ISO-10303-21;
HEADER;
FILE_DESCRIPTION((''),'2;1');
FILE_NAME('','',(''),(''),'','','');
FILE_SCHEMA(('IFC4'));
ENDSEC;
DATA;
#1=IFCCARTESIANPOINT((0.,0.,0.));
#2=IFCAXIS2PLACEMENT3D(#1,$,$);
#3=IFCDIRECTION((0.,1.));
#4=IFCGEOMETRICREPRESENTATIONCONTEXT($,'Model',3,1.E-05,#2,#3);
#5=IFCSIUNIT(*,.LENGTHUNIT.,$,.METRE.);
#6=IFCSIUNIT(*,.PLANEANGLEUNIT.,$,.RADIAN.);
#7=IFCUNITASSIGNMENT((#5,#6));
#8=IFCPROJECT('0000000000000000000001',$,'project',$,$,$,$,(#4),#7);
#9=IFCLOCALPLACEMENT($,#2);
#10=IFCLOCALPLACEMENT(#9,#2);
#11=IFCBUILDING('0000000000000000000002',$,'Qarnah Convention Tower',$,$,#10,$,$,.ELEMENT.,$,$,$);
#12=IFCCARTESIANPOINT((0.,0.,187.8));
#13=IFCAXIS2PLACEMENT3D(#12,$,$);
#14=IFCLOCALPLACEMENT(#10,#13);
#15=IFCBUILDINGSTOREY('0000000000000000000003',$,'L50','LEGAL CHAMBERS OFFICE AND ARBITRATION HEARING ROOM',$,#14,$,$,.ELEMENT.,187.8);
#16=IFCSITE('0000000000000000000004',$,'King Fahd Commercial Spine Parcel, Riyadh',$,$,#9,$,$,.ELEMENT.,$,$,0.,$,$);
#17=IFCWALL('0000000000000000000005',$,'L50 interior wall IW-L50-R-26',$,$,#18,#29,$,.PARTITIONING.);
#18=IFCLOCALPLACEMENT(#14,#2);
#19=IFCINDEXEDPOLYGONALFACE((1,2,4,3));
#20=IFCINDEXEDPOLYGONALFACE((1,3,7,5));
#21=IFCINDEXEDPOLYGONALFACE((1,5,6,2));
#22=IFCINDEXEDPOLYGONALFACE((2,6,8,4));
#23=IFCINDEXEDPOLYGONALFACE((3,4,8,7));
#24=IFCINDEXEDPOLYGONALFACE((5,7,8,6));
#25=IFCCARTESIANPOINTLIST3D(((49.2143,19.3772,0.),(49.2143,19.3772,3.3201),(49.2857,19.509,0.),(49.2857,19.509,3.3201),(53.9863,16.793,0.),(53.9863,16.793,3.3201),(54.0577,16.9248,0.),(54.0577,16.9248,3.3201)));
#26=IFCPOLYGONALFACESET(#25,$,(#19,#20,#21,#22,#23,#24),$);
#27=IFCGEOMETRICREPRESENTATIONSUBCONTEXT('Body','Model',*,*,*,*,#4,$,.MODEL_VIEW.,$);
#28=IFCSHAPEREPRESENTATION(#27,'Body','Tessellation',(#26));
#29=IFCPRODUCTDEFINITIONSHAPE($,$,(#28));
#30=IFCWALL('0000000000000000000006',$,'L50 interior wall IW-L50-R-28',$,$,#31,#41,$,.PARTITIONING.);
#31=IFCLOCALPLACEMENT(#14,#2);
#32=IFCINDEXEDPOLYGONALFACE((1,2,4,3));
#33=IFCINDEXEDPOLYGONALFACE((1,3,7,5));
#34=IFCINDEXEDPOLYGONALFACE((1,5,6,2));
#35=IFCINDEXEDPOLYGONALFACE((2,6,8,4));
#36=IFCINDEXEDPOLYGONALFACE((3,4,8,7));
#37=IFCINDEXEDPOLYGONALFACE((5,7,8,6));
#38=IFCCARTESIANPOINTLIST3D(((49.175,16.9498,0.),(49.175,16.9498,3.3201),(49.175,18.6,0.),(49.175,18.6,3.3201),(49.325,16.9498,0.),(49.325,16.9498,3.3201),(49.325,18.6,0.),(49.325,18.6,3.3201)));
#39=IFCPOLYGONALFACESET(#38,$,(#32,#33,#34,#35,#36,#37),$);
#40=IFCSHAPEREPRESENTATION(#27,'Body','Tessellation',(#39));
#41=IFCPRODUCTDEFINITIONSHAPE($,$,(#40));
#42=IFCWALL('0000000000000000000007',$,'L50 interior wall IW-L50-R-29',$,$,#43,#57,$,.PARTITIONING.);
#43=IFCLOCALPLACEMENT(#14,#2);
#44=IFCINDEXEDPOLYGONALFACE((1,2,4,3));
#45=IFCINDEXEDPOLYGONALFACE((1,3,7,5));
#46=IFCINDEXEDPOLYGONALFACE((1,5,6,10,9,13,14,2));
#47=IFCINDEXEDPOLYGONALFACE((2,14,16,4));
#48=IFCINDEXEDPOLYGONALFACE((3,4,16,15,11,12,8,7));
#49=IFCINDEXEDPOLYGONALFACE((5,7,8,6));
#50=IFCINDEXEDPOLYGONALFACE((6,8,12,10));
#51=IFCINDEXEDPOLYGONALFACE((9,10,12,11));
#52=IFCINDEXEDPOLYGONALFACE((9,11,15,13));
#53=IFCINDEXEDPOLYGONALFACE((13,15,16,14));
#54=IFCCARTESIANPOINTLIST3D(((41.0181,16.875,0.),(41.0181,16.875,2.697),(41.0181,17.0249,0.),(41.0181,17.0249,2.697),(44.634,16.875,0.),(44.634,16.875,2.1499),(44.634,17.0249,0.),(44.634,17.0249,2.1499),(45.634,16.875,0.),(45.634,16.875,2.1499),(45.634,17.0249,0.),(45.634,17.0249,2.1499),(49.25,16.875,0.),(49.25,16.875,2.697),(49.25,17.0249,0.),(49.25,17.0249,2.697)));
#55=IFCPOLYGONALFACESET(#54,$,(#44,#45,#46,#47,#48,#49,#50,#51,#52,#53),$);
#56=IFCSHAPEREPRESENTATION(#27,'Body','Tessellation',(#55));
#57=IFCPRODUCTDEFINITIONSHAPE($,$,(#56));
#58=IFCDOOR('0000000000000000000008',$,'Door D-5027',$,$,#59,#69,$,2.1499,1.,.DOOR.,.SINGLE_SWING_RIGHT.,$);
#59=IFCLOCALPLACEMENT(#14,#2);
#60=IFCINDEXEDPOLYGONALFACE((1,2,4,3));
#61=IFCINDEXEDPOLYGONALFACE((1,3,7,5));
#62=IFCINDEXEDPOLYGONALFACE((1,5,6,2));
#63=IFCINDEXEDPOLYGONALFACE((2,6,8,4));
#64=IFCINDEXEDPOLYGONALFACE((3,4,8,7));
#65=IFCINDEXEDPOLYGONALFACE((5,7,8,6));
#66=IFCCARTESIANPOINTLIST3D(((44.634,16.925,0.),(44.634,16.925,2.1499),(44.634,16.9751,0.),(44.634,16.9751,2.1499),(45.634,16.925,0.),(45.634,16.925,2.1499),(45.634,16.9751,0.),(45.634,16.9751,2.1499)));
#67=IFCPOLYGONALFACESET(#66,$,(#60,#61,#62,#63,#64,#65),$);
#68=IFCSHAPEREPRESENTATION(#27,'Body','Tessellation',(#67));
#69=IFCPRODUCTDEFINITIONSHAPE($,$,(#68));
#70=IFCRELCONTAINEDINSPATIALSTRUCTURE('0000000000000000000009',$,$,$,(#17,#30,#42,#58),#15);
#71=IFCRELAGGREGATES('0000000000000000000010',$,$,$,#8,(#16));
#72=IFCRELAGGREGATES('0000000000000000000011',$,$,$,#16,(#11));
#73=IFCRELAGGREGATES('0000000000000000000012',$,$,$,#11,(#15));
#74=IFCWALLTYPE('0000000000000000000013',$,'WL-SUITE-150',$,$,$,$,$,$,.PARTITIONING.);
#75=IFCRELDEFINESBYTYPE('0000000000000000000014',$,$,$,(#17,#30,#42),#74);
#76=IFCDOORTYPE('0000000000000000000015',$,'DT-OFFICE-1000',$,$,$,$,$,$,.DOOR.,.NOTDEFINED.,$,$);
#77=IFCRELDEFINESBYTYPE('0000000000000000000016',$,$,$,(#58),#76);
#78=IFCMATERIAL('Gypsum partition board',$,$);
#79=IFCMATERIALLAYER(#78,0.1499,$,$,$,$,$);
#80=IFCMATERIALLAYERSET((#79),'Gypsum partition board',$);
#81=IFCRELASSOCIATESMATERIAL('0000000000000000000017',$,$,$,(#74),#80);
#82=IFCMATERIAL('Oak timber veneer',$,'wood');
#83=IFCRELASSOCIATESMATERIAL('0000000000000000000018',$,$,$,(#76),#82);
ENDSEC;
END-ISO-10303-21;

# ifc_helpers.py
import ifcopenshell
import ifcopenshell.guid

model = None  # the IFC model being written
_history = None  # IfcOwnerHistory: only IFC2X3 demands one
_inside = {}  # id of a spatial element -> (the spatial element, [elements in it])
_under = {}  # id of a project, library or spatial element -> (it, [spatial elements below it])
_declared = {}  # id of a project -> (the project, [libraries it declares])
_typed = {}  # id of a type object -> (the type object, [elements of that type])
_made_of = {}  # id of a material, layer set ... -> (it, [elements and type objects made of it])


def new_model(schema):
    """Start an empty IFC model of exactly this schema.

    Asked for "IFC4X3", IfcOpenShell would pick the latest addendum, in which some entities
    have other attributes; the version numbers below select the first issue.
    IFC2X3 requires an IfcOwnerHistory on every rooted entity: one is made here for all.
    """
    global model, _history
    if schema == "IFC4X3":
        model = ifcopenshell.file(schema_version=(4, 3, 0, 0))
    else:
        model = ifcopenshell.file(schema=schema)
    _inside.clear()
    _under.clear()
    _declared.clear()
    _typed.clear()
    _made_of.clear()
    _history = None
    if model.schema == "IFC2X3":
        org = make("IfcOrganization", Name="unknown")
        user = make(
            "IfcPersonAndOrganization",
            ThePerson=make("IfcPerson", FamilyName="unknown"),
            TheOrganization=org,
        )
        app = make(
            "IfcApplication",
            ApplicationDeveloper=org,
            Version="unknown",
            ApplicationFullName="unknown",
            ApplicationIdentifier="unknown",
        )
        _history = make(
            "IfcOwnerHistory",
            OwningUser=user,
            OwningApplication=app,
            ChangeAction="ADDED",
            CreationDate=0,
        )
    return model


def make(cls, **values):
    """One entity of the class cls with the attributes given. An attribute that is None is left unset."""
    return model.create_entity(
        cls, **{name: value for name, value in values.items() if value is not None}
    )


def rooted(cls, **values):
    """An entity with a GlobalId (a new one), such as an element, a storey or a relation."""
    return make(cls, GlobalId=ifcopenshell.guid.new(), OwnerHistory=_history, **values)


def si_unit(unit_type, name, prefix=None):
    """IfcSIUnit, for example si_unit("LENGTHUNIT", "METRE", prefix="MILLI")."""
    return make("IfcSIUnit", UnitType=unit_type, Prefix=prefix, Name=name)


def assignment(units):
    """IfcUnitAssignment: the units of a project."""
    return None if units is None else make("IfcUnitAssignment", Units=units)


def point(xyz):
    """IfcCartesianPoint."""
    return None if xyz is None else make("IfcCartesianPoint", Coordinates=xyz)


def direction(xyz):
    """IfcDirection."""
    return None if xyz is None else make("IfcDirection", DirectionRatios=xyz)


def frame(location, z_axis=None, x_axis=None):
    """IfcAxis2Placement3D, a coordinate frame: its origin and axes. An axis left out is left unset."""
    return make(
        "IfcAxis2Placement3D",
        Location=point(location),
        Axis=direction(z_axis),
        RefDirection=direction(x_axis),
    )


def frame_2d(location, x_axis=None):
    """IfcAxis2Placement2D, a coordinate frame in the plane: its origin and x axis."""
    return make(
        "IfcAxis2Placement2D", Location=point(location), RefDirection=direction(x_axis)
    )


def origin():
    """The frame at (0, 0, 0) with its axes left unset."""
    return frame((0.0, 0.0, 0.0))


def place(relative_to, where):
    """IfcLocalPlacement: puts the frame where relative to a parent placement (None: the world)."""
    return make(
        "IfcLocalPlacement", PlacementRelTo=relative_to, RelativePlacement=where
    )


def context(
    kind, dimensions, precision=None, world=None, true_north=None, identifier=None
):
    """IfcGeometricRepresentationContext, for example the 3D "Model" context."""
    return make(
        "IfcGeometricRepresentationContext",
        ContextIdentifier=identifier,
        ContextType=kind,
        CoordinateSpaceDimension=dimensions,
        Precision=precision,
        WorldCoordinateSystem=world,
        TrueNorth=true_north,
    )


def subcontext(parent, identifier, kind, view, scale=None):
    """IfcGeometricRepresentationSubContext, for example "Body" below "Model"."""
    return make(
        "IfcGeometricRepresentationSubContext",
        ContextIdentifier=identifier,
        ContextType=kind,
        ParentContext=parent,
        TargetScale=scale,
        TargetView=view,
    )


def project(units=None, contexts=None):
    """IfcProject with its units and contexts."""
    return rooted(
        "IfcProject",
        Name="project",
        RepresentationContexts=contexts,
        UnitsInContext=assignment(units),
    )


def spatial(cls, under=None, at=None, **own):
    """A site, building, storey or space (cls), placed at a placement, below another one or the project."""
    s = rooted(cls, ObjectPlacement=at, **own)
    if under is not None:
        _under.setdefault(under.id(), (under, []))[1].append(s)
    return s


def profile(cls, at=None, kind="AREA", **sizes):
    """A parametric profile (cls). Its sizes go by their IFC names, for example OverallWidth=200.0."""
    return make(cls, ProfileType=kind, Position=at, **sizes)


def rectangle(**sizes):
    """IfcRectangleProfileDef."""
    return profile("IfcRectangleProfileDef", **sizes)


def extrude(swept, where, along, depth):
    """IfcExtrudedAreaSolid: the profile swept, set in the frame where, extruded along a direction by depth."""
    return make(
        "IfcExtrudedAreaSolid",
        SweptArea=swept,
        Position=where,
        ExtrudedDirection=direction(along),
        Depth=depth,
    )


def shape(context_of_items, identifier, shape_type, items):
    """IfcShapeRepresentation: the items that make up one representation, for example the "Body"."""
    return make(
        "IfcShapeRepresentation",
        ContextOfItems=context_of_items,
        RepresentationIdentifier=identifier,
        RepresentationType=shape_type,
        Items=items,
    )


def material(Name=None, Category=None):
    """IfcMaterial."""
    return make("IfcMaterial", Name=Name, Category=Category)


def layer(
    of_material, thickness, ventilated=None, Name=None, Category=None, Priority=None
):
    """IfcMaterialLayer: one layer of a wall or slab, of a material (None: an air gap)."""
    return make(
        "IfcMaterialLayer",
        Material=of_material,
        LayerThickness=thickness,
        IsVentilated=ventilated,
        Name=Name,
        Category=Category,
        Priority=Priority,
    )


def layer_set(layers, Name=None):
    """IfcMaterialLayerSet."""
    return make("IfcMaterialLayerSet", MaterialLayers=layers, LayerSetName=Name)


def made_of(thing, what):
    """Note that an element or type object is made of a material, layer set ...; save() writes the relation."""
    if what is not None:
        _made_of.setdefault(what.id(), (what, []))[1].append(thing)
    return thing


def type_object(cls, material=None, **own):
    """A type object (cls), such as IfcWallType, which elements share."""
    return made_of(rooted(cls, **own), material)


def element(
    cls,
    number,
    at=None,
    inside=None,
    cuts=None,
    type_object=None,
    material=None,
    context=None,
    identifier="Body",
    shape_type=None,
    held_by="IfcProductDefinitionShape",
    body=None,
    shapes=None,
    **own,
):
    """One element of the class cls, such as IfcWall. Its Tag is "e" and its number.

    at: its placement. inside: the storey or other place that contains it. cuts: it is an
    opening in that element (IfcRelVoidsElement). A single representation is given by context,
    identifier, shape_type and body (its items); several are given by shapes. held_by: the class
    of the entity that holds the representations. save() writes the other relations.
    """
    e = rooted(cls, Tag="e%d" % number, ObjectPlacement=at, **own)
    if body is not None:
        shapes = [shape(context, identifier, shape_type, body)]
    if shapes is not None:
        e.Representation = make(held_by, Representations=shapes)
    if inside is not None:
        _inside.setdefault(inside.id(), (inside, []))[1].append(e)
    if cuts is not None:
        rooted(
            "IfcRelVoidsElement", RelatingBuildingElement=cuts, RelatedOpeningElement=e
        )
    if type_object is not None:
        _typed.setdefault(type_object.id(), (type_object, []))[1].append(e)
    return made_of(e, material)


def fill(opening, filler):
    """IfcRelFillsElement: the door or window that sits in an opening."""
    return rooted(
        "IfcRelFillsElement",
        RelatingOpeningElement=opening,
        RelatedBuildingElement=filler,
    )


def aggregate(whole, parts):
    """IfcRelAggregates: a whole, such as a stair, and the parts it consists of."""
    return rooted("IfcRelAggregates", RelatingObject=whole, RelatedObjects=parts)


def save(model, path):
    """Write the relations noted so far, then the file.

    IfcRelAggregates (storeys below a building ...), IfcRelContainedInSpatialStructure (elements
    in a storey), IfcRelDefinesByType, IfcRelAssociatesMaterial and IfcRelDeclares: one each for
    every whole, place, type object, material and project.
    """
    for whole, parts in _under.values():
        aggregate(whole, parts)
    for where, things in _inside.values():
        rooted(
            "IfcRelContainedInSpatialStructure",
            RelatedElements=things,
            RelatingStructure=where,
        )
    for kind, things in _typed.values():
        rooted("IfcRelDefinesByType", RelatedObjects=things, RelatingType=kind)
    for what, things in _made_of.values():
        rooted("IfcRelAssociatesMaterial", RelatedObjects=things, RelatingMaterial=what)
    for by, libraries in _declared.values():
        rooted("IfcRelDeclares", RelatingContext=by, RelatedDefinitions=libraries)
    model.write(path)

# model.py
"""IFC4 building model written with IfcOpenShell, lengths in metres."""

from ifc_helpers import new_model, si_unit, direction, frame, frame_2d, origin, place, context, subcontext, project, spatial, rectangle, extrude, material, layer, layer_set, type_object, element, fill, save


model = new_model("IFC4")

# Units and contexts
model_context = context("Model", 3, precision=1e-05, world=origin(), true_north=direction((0.0, 1.0)))
body_context = subcontext(model_context, "Body", "Model", "MODEL_VIEW")
ifc_project = project(units=[si_unit("LENGTHUNIT", "METRE"), si_unit("PLANEANGLEUNIT", "RADIAN")], contexts=[model_context])

# Site, building, storey
site_placement = place(None, origin())
site = spatial("IfcSite", under=ifc_project, at=site_placement, Name="King Fahd Commercial Spine Parcel, Riyadh", CompositionType="ELEMENT", RefElevation=0.0)
building_placement = place(site_placement, origin())
building = spatial("IfcBuilding", under=site, at=building_placement, Name="Qarnah Convention Tower", CompositionType="ELEMENT")
storey_placement = place(building_placement, frame((0.0, 0.0, 187.8)))
storey = spatial("IfcBuildingStorey", under=building, at=storey_placement, Name="L50", Description="LEGAL CHAMBERS OFFICE AND ARBITRATION HEARING ROOM", CompositionType="ELEMENT", Elevation=187.8)

# Shared definitions
ifc_material_1 = material(Name="Gypsum partition board")
ifc_layer_1 = layer(ifc_material_1, 0.1499)
ifc_layer_set_1 = layer_set([ifc_layer_1], Name="Gypsum partition board")
wall_type_1 = type_object("IfcWallType", Name="WL-SUITE-150", PredefinedType="PARTITIONING", material=ifc_layer_set_1)

# Shared definitions
ifc_material_2 = material(Name="Oak timber veneer", Category="wood")
door_type_1 = type_object("IfcDoorType", Name="DT-OFFICE-1000", OperationType="NOTDEFINED", PredefinedType="DOOR", material=ifc_material_2)

# Walls
wall_1_placement = place(storey_placement, frame((54.022, 16.8589, 0.0), z_axis=(0.0, 0.0, 1.0), x_axis=(-0.879337, 0.476199, 0.0)))
element("IfcWall", 1, at=wall_1_placement, inside=storey, type_object=wall_type_1, Name="L50 interior wall IW-L50-R-26", PredefinedType="PARTITIONING", context=body_context, shape_type="SweptSolid", body=[
    extrude(rectangle(XDim=5.4268, YDim=0.1499, at=frame_2d((2.7134, 0.0))), origin(), (0.0, 0.0, 1.0), 3.3201),
])
wall_2_placement = place(storey_placement, frame((49.25, 18.6001, 0.0), z_axis=(0.0, 0.0, 1.0), x_axis=(0.0, -1.0, 0.0)))
element("IfcWall", 2, at=wall_2_placement, inside=storey, type_object=wall_type_1, Name="L50 interior wall IW-L50-R-28", PredefinedType="PARTITIONING", context=body_context, shape_type="SweptSolid", body=[
    extrude(rectangle(XDim=1.6501, YDim=0.1499, at=frame_2d((0.8252, 0.0))), origin(), (0.0, 0.0, 1.0), 3.3201),
])

# Wall, opening, door
wall_3_placement = place(storey_placement, frame((49.25, 16.95, 0.0), z_axis=(0.0, 0.0, 1.0), x_axis=(-1.0, 0.0, 0.0)))
wall_3 = element("IfcWall", 3, at=wall_3_placement, inside=storey, type_object=wall_type_1, Name="L50 interior wall IW-L50-R-29", PredefinedType="PARTITIONING", context=body_context, shape_type="SweptSolid", body=[
    extrude(rectangle(XDim=8.2319, YDim=0.1499, at=frame_2d((4.116, 0.0))), origin(), (0.0, 0.0, 1.0), 2.697),
])
opening_1_placement = place(wall_3_placement, frame((3.616, 0.0, 0.0)))
opening_1 = element("IfcOpeningElement", 4, at=opening_1_placement, cuts=wall_3, PredefinedType="OPENING", context=body_context, shape_type="SweptSolid", body=[
    extrude(rectangle(XDim=1.0, YDim=2.1499, at=frame_2d((0.5, 1.075))), frame((0.0, 0.085, 0.0), z_axis=(0.0, -1.0, 0.0), x_axis=(1.0, 0.0, 0.0)), (0.0, 0.0, 1.0), 0.1699),
])
door_1_placement = place(opening_1_placement, origin())
door_1 = element("IfcDoor", 5, at=door_1_placement, inside=storey, type_object=door_type_1, Name="Door D-5027", OperationType="SINGLE_SWING_RIGHT", OverallHeight=2.1499, OverallWidth=1.0, PredefinedType="DOOR", context=body_context, shape_type="SweptSolid", body=[
    extrude(rectangle(XDim=1.0, YDim=2.1499, at=frame_2d((0.5, 1.075))), frame((0.0, 0.0249, 0.0), z_axis=(0.0, -1.0, 0.0), x_axis=(1.0, 0.0, 0.0)), (0.0, 0.0, 1.0), 0.05),
])
fill(opening_1, door_1)

save(model, "model.ifc")
